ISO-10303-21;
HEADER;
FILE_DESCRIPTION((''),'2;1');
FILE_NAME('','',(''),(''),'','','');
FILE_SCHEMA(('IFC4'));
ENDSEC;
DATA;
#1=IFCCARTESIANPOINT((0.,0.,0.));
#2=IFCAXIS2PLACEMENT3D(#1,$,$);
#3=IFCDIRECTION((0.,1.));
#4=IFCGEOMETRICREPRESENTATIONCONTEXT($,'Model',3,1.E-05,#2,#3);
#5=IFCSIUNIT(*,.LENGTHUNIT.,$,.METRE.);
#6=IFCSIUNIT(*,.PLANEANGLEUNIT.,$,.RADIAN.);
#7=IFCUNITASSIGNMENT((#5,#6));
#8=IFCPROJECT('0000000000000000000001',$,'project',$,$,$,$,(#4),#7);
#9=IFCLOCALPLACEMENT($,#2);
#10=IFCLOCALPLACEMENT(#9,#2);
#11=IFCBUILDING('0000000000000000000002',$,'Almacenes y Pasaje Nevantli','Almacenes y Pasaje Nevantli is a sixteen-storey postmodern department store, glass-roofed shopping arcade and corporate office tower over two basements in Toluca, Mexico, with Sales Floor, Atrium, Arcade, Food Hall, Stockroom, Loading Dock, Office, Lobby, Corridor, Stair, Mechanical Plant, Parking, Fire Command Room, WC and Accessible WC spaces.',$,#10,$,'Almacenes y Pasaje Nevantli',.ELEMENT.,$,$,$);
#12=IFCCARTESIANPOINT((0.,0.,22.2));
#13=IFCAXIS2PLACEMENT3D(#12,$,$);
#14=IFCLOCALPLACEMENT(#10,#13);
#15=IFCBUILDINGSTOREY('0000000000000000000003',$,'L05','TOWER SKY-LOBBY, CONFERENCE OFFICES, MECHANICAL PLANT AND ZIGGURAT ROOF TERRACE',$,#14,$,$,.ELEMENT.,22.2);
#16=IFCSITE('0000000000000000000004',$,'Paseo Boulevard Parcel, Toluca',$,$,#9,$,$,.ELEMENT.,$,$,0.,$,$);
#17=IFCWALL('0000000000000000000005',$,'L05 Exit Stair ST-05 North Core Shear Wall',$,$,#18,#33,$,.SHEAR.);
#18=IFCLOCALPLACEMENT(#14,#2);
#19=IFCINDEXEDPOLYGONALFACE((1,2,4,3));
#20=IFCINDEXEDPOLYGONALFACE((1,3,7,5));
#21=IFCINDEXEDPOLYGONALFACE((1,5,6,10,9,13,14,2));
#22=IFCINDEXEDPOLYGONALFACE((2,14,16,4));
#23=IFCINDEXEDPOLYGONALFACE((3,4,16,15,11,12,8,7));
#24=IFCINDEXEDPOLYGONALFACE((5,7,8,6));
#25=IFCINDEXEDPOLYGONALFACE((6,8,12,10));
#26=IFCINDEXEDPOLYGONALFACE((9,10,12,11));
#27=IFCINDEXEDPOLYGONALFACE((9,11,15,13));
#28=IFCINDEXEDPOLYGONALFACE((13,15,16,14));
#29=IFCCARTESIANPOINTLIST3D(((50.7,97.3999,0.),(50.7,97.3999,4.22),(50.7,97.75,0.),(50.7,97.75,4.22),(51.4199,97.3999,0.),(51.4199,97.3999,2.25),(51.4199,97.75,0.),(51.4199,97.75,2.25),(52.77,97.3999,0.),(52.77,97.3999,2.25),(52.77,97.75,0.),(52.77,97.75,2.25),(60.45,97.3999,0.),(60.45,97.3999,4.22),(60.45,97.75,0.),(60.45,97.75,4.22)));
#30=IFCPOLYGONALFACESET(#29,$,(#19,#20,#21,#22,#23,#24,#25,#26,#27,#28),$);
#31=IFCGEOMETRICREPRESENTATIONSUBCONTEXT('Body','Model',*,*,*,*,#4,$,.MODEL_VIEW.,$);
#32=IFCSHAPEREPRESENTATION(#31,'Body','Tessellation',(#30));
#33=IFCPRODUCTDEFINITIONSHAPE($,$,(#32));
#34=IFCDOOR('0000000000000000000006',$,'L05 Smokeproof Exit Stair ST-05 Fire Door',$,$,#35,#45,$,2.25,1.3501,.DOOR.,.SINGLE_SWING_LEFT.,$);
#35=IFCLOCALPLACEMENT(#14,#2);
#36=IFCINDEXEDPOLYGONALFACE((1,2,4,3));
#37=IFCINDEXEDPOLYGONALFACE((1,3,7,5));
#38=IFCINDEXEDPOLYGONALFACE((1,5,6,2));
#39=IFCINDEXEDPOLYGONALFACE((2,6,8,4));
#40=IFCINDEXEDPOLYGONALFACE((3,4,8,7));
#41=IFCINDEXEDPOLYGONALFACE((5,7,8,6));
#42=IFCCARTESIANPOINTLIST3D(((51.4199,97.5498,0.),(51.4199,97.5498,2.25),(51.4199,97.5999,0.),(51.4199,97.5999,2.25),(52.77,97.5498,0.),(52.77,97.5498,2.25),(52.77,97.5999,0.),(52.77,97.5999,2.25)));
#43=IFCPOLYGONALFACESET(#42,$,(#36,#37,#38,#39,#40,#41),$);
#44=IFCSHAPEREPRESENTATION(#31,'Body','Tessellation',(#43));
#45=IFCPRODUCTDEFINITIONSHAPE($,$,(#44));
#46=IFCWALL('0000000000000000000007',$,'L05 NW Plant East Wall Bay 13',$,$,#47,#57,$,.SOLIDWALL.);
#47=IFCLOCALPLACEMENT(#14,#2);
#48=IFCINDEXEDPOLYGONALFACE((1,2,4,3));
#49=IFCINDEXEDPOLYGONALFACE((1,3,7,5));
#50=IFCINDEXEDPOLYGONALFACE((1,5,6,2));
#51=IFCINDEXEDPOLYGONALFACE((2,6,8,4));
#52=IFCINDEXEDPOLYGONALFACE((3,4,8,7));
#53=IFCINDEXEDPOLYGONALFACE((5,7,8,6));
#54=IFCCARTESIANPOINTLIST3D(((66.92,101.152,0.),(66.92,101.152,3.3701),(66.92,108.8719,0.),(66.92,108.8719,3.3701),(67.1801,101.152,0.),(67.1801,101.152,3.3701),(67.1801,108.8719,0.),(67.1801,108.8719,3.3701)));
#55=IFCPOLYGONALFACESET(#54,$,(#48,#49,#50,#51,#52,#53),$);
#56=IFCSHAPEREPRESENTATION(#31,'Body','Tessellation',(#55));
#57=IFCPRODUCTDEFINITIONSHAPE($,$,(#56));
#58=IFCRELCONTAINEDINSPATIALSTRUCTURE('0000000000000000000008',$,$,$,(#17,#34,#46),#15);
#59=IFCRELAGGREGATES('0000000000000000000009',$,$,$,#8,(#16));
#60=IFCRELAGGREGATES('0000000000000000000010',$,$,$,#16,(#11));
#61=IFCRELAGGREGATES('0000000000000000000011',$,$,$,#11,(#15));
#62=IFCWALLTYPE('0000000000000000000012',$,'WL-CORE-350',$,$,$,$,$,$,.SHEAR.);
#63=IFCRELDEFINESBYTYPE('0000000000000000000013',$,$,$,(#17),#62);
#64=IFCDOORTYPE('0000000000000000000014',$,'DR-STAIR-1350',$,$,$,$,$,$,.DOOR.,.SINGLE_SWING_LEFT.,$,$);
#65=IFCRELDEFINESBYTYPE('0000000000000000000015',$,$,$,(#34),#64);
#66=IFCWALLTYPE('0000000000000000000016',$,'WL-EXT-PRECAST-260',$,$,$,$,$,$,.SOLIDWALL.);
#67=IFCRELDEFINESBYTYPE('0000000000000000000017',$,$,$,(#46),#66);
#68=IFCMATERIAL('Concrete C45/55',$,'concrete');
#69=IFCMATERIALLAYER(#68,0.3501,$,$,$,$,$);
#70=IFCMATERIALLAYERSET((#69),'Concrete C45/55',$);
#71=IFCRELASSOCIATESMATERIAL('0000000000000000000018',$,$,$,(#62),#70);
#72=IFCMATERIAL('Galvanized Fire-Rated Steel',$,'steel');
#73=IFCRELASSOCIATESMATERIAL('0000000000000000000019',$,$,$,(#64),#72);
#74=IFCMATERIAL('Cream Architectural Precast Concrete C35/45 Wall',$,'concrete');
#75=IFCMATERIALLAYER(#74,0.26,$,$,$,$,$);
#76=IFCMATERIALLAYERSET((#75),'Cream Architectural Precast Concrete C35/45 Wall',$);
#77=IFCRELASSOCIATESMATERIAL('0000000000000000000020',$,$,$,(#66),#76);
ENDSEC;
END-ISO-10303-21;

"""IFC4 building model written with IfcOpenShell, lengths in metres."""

from ifc_helpers import new_model, si_unit, direction, frame, frame_2d, origin, place, context, subcontext, project, spatial, rectangle, extrude, material, layer, layer_set, type_object, element, fill, save


model = new_model("IFC4")

# Units and contexts
model_context = context("Model", 3, precision=1e-05, world=origin(), true_north=direction((0.0, 1.0)))
body_context = subcontext(model_context, "Body", "Model", "MODEL_VIEW")
ifc_project = project(units=[si_unit("LENGTHUNIT", "METRE"), si_unit("PLANEANGLEUNIT", "RADIAN")], contexts=[model_context])

# Site, building, storey
site_placement = place(None, origin())
site = spatial("IfcSite", under=ifc_project, at=site_placement, Name="Paseo Boulevard Parcel, Toluca", CompositionType="ELEMENT", RefElevation=0.0)
building_placement = place(site_placement, origin())
building = spatial("IfcBuilding", under=site, at=building_placement, Name="Almacenes y Pasaje Nevantli", Description="Almacenes y Pasaje Nevantli is a sixteen-storey postmodern department store, glass-roofed shopping arcade and corporate office tower over two basements in Toluca, Mexico, with Sales Floor, Atrium, Arcade, Food Hall, Stockroom, Loading Dock, Office, Lobby, Corridor, Stair, Mechanical Plant, Parking, Fire Command Room, WC and Accessible WC spaces.", LongName="Almacenes y Pasaje Nevantli", CompositionType="ELEMENT")
storey_placement = place(building_placement, frame((0.0, 0.0, 22.2)))
storey = spatial("IfcBuildingStorey", under=building, at=storey_placement, Name="L05", Description="TOWER SKY-LOBBY, CONFERENCE OFFICES, MECHANICAL PLANT AND ZIGGURAT ROOF TERRACE", CompositionType="ELEMENT", Elevation=22.2)

# Wall, opening, door
ifc_material_1 = material(Name="Concrete C45/55", Category="concrete")
ifc_layer_1 = layer(ifc_material_1, 0.3501)
ifc_layer_set_1 = layer_set([ifc_layer_1], Name="Concrete C45/55")
wall_type_1 = type_object("IfcWallType", Name="WL-CORE-350", PredefinedType="SHEAR", material=ifc_layer_set_1)
wall_1_placement = place(storey_placement, frame((50.7, 97.575, 0.0), z_axis=(0.0, 0.0, 1.0), x_axis=(1.0, 0.0, 0.0)))
wall_1 = element("IfcWall", 1, at=wall_1_placement, inside=storey, type_object=wall_type_1, Name="L05 Exit Stair ST-05 North Core Shear Wall", PredefinedType="SHEAR", context=body_context, shape_type="SweptSolid", body=[
    extrude(rectangle(XDim=9.75, YDim=0.3501, at=frame_2d((4.875, 0.0))), origin(), (0.0, 0.0, 1.0), 4.22),
])
opening_placement = place(wall_1_placement, frame((0.72, 0.0, 0.0)))
opening = element("IfcOpeningElement", 2, at=opening_placement, cuts=wall_1, PredefinedType="OPENING", context=body_context, shape_type="SweptSolid", body=[
    extrude(rectangle(XDim=1.3501, YDim=2.25, at=frame_2d((0.675, 1.125))), frame((0.0, 0.1851, 0.0), z_axis=(0.0, -1.0, 0.0), x_axis=(1.0, 0.0, 0.0)), (0.0, 0.0, 1.0), 0.3701),
])
ifc_material_2 = material(Name="Galvanized Fire-Rated Steel", Category="steel")
door_type = type_object("IfcDoorType", Name="DR-STAIR-1350", OperationType="SINGLE_SWING_LEFT", PredefinedType="DOOR", material=ifc_material_2)
door_placement = place(opening_placement, origin())
door = element("IfcDoor", 3, at=door_placement, inside=storey, type_object=door_type, Name="L05 Smokeproof Exit Stair ST-05 Fire Door", OperationType="SINGLE_SWING_LEFT", OverallHeight=2.25, OverallWidth=1.3501, PredefinedType="DOOR", context=body_context, shape_type="SweptSolid", body=[
    extrude(rectangle(XDim=1.3501, YDim=2.25, at=frame_2d((0.675, 1.125))), frame((0.0, 0.0249, 0.0), z_axis=(0.0, -1.0, 0.0), x_axis=(1.0, 0.0, 0.0)), (0.0, 0.0, 1.0), 0.05),
])
fill(opening, door)

# Wall
ifc_material_3 = material(Name="Cream Architectural Precast Concrete C35/45 Wall", Category="concrete")
ifc_layer_2 = layer(ifc_material_3, 0.26)
ifc_layer_set_2 = layer_set([ifc_layer_2], Name="Cream Architectural Precast Concrete C35/45 Wall")
wall_type_2 = type_object("IfcWallType", Name="WL-EXT-PRECAST-260", PredefinedType="SOLIDWALL", material=ifc_layer_set_2)
wall_2_placement = place(storey_placement, frame((67.05, 101.1521, 0.0), z_axis=(0.0, 0.0, 1.0), x_axis=(0.0, 1.0, 0.0)))
element("IfcWall", 4, at=wall_2_placement, inside=storey, type_object=wall_type_2, Name="L05 NW Plant East Wall Bay 13", PredefinedType="SOLIDWALL", context=body_context, shape_type="SweptSolid", body=[
    extrude(rectangle(XDim=7.72, YDim=0.26, at=frame_2d((3.8599, 0.0))), origin(), (0.0, 0.0, 1.0), 3.3701),
])

save(model, "model.ifc")
